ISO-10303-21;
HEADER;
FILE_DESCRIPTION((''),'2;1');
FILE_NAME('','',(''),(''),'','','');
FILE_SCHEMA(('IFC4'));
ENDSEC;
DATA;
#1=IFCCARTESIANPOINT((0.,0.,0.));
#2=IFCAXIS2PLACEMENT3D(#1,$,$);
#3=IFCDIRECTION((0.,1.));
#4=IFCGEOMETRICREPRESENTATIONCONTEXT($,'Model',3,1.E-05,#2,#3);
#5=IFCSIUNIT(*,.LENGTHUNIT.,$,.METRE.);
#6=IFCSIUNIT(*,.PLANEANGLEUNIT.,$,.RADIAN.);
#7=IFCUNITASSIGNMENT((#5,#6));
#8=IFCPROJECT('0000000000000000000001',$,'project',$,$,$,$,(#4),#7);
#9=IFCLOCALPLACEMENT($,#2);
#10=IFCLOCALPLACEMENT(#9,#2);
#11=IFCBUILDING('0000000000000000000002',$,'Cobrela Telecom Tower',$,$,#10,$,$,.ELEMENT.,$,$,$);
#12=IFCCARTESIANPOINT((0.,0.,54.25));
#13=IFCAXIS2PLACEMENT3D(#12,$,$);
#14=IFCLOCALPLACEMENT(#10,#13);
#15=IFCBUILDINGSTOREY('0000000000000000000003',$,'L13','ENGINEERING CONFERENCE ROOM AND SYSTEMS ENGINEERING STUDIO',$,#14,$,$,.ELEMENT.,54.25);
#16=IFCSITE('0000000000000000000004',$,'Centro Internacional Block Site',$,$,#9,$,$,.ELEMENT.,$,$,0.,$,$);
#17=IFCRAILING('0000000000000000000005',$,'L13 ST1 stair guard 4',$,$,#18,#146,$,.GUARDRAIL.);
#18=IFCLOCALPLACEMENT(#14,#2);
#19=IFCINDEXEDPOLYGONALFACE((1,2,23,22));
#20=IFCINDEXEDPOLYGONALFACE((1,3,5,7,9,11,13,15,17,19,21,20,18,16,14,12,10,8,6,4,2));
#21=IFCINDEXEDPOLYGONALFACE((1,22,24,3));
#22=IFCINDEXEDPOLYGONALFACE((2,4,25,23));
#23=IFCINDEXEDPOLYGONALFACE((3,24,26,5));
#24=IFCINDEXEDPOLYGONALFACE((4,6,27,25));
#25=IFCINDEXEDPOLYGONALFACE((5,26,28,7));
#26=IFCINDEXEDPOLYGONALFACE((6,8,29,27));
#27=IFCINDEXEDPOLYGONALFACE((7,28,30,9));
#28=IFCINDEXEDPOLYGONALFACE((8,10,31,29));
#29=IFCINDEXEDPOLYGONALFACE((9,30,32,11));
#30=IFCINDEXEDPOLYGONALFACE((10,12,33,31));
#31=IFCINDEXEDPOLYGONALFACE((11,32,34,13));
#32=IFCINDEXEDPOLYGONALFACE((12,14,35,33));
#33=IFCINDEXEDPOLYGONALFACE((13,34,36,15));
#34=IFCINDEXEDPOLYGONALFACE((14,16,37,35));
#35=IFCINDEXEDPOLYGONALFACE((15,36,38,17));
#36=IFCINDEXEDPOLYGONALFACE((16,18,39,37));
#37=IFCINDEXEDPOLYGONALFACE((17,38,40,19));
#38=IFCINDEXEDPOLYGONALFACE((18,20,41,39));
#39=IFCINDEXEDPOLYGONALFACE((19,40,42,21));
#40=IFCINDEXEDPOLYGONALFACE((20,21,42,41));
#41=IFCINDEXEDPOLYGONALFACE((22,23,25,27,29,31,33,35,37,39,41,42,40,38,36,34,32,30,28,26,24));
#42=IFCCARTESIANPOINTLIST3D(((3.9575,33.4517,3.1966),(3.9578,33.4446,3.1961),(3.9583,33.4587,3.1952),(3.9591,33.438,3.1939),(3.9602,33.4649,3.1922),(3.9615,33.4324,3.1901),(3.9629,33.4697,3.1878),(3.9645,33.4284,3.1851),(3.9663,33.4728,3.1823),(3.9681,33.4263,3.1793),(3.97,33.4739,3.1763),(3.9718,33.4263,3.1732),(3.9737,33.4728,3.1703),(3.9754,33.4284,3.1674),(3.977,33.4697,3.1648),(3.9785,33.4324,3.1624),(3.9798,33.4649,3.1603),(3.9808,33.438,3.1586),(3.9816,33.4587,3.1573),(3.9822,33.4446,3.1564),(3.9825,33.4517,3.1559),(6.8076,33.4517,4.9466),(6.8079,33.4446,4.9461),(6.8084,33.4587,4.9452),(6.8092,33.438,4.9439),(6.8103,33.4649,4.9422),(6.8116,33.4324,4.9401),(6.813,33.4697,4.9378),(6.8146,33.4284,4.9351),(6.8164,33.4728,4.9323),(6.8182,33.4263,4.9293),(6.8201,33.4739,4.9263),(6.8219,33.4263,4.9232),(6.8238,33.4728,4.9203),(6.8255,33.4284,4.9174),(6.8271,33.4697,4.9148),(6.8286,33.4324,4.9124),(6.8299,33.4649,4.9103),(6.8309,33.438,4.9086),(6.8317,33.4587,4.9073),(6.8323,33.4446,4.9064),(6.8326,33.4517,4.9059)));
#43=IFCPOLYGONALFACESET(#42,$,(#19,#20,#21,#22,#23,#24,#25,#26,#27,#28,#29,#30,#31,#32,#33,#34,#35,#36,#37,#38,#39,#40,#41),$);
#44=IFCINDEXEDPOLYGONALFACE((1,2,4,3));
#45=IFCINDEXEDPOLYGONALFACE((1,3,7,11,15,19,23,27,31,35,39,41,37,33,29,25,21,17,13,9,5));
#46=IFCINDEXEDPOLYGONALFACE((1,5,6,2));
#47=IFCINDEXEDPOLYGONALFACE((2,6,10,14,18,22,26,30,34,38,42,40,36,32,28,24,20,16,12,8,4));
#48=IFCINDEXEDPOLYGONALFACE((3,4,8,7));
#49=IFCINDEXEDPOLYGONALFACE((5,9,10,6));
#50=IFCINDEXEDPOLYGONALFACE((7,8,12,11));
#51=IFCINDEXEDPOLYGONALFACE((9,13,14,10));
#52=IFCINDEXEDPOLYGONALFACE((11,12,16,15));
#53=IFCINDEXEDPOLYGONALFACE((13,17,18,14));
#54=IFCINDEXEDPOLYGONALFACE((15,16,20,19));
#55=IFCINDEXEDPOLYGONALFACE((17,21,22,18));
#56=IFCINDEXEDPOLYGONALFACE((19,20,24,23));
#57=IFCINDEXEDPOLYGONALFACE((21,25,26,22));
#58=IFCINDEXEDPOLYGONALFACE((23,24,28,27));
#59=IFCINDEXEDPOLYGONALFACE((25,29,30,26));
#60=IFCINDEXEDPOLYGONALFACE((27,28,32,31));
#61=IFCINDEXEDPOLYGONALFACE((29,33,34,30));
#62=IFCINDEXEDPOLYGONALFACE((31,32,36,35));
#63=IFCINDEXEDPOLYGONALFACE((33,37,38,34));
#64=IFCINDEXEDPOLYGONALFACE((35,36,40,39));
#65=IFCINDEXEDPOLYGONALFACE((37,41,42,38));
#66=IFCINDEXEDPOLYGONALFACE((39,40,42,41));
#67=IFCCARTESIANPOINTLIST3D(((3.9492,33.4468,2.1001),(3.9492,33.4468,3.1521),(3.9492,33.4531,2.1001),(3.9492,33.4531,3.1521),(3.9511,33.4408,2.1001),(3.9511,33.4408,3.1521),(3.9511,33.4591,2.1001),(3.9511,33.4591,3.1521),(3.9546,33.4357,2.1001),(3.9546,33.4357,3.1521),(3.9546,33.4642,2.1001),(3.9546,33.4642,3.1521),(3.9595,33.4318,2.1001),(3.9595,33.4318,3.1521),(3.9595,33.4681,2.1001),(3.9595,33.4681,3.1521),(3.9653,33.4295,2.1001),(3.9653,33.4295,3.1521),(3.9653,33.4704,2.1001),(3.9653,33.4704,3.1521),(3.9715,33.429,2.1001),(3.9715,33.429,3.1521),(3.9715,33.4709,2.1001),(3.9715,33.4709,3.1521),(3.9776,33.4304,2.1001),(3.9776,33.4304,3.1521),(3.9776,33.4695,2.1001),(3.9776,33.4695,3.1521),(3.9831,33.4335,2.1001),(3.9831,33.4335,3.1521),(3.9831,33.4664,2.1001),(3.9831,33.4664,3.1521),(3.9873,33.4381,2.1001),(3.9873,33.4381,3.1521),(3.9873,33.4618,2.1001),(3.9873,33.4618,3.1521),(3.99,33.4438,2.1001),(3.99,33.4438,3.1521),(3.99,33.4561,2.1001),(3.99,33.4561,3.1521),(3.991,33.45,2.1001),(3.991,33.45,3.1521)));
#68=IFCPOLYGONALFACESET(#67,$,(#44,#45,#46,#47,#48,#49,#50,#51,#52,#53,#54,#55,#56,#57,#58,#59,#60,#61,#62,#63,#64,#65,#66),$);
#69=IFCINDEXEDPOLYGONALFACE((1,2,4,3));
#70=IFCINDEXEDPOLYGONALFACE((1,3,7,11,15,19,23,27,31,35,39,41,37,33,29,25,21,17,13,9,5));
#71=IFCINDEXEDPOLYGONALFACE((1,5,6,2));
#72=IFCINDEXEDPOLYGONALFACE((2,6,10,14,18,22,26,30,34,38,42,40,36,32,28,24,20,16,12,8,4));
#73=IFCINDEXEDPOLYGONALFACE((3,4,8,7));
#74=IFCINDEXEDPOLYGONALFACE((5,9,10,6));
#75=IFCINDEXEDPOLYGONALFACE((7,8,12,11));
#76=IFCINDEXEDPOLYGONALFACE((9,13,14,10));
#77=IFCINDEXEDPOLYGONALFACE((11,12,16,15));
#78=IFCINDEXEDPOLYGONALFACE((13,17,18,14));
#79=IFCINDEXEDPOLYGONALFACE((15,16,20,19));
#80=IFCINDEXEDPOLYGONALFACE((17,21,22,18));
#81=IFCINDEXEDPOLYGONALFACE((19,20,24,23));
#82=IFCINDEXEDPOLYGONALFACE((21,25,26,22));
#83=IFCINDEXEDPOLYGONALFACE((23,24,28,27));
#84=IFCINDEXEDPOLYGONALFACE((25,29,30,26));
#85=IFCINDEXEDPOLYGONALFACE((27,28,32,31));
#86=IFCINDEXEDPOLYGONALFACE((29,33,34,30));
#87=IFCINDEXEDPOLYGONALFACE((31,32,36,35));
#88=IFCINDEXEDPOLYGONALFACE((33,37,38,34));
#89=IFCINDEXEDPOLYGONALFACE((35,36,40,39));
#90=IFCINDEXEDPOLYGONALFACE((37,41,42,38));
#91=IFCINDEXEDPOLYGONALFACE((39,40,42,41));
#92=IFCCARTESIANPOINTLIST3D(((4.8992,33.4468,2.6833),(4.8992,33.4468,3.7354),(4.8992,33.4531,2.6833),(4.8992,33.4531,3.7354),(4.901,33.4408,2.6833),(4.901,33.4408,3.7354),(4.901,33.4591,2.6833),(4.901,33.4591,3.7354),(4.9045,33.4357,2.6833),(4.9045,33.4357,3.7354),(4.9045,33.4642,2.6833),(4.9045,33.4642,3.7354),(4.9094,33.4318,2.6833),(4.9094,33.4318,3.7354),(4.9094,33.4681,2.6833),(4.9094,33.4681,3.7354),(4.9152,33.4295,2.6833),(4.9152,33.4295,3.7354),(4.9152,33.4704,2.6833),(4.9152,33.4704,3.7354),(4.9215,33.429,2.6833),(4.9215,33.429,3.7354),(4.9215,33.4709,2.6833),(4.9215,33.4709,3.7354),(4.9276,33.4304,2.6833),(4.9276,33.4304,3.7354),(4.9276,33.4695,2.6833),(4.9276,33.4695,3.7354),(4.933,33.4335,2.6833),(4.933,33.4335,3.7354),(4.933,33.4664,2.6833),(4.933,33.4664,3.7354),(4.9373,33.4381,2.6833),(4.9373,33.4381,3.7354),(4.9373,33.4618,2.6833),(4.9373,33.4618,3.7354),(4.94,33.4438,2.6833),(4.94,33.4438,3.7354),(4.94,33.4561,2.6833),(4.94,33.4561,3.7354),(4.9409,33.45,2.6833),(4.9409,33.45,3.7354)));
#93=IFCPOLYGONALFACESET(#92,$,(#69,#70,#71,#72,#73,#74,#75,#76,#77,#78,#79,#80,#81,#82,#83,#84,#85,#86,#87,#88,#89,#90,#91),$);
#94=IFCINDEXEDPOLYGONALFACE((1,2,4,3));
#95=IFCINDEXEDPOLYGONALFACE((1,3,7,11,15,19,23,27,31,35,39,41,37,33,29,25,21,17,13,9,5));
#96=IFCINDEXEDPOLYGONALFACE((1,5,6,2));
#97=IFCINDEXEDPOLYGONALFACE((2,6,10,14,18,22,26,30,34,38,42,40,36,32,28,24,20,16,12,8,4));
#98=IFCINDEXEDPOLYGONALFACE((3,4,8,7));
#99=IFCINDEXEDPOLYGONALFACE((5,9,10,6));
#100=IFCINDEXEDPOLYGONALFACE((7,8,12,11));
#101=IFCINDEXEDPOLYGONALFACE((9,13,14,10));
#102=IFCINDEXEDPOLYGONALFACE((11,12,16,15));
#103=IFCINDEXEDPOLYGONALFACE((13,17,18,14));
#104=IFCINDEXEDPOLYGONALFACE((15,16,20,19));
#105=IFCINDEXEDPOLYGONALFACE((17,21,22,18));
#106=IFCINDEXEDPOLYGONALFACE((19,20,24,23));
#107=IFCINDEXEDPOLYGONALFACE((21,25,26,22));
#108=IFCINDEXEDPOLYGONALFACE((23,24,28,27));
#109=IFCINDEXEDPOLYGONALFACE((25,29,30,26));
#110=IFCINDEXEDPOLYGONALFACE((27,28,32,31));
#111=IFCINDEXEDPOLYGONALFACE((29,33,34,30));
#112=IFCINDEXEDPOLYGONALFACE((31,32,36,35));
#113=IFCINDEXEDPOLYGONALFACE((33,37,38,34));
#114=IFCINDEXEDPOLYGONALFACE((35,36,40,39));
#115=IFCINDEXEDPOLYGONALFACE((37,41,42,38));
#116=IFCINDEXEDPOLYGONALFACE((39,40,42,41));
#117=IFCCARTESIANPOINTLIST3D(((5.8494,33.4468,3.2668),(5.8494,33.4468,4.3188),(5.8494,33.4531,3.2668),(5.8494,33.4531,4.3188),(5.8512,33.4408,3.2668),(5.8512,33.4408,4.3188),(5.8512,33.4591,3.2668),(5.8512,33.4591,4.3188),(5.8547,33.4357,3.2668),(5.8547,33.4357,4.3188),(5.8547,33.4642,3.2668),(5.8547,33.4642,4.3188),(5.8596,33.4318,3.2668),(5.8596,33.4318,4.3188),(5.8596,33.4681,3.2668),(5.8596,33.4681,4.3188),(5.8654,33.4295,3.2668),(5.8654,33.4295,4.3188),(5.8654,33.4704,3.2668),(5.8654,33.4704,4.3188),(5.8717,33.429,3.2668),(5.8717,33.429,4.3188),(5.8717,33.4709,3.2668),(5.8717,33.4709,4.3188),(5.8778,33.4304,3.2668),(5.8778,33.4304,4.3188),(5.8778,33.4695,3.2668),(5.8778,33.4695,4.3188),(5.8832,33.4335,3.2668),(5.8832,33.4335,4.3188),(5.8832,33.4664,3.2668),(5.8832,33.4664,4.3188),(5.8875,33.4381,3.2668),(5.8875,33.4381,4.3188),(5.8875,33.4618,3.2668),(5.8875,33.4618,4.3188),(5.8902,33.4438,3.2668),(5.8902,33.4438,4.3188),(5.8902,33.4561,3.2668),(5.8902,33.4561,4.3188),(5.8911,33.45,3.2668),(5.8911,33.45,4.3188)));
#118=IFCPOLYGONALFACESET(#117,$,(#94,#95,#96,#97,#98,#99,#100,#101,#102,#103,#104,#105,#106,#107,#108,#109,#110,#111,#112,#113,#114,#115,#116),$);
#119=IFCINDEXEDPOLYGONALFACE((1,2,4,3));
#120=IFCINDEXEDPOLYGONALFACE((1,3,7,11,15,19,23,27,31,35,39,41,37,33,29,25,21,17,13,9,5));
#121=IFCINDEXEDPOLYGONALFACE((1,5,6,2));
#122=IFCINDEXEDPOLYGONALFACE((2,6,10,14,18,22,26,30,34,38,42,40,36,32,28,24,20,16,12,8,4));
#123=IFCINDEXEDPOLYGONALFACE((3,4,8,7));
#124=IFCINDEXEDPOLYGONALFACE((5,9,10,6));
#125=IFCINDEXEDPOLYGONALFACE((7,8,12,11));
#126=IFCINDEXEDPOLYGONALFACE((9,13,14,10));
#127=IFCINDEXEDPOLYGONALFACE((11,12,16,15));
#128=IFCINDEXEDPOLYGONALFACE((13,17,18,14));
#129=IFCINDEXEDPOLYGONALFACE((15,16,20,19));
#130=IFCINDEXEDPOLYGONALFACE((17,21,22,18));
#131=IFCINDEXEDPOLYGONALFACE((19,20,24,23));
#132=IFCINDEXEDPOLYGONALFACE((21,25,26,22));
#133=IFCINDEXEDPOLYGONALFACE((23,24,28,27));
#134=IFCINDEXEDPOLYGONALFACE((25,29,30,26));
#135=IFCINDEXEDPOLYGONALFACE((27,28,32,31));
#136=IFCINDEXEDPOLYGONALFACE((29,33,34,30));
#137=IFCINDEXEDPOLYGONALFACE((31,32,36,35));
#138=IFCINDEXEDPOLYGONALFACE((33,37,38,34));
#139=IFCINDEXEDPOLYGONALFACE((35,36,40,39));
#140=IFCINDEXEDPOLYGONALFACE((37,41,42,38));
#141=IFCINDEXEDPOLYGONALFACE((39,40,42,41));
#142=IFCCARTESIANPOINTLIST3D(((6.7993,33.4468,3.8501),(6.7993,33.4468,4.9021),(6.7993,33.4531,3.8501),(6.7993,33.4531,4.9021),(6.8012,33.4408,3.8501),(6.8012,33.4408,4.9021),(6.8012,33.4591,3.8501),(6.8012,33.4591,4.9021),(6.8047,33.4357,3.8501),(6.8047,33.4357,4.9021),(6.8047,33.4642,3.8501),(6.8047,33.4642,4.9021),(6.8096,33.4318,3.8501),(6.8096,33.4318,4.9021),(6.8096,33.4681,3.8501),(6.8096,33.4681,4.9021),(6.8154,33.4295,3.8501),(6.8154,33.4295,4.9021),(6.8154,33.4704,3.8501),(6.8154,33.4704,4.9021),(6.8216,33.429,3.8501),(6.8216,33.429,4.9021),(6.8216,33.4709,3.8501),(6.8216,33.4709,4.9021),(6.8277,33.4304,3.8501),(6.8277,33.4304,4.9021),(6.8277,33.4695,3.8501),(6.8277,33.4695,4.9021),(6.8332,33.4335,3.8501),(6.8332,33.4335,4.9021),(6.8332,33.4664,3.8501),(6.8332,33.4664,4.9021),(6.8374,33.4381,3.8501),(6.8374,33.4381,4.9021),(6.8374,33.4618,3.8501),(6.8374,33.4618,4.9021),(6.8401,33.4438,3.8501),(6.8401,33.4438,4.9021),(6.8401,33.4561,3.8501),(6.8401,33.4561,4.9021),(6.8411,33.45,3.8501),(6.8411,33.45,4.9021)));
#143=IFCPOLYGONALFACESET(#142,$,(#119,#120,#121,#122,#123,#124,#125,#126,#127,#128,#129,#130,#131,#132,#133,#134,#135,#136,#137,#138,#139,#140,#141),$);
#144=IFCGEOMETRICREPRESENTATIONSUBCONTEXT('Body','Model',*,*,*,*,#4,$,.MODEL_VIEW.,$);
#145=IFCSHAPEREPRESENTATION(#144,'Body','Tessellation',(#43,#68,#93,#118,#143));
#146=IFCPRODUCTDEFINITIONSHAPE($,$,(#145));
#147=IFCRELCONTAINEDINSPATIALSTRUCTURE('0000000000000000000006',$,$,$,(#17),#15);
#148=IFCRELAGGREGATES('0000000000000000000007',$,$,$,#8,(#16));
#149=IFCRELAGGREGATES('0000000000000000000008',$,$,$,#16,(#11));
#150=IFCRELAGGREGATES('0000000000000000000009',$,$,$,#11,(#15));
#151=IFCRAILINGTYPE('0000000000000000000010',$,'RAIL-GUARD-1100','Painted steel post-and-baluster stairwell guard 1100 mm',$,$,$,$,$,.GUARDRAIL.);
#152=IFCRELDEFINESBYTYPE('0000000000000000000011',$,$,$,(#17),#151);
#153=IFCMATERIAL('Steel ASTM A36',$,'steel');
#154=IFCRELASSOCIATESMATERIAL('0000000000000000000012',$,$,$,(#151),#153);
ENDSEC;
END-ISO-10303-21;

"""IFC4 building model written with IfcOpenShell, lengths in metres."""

from ifc_helpers import new_model, si_unit, direction, frame, origin, origin_2d, place, context, subcontext, project, spatial, circle, extrude, material, type_object, element, save


model = new_model("IFC4")

# Units and contexts
model_context = context("Model", 3, precision=1e-05, world=origin(), true_north=direction((0.0, 1.0)))
body_context = subcontext(model_context, "Body", "Model", "MODEL_VIEW")
ifc_project = project(units=[si_unit("LENGTHUNIT", "METRE"), si_unit("PLANEANGLEUNIT", "RADIAN")], contexts=[model_context])

# Site, building, storey
site_placement = place(None, origin())
site = spatial("IfcSite", under=ifc_project, at=site_placement, Name="Centro Internacional Block Site", CompositionType="ELEMENT", RefElevation=0.0)
building_placement = place(site_placement, origin())
building = spatial("IfcBuilding", under=site, at=building_placement, Name="Cobrela Telecom Tower", CompositionType="ELEMENT")
storey_placement = place(building_placement, frame((0.0, 0.0, 54.25)))
storey = spatial("IfcBuildingStorey", under=building, at=storey_placement, Name="L13", Description="ENGINEERING CONFERENCE ROOM AND SYSTEMS ENGINEERING STUDIO", CompositionType="ELEMENT", Elevation=54.25)

# Shared definitions
ifc_material_1 = material(Name="Steel ASTM A36", Category="steel")

# Railing
railing_type_1 = type_object("IfcRailingType", Name="RAIL-GUARD-1100", Description="Painted steel post-and-baluster stairwell guard 1100 mm", PredefinedType="GUARDRAIL", material=ifc_material_1)
railing_1_placement = place(storey_placement, frame((3.97, 33.45, 2.1001)))
element("IfcRailing", 1, at=railing_1_placement, inside=storey, type_object=railing_type_1, Name="L13 ST1 stair guard 4", PredefinedType="GUARDRAIL", context=body_context, shape_type="SweptSolid", body=[
    extrude(circle(Radius=0.0239, at=origin_2d()), frame((0.0, 0.0, 1.0762), z_axis=(0.852179, 0.0, 0.52325), x_axis=(0.0, 1.0, 0.0)), (0.0, 0.0, 1.0), 3.3445),
    extrude(circle(Radius=0.021, at=origin_2d()), origin(), (0.0, 0.0, 1.0), 1.052),
    extrude(circle(Radius=0.021, at=origin_2d()), frame((0.95, 0.0, 0.5833)), (0.0, 0.0, 1.0), 1.052),
    extrude(circle(Radius=0.021, at=origin_2d()), frame((1.9001, 0.0, 1.1667)), (0.0, 0.0, 1.0), 1.052),
    extrude(circle(Radius=0.021, at=origin_2d()), frame((2.8501, 0.0, 1.75)), (0.0, 0.0, 1.0), 1.052),
])

save(model, "model.ifc")
